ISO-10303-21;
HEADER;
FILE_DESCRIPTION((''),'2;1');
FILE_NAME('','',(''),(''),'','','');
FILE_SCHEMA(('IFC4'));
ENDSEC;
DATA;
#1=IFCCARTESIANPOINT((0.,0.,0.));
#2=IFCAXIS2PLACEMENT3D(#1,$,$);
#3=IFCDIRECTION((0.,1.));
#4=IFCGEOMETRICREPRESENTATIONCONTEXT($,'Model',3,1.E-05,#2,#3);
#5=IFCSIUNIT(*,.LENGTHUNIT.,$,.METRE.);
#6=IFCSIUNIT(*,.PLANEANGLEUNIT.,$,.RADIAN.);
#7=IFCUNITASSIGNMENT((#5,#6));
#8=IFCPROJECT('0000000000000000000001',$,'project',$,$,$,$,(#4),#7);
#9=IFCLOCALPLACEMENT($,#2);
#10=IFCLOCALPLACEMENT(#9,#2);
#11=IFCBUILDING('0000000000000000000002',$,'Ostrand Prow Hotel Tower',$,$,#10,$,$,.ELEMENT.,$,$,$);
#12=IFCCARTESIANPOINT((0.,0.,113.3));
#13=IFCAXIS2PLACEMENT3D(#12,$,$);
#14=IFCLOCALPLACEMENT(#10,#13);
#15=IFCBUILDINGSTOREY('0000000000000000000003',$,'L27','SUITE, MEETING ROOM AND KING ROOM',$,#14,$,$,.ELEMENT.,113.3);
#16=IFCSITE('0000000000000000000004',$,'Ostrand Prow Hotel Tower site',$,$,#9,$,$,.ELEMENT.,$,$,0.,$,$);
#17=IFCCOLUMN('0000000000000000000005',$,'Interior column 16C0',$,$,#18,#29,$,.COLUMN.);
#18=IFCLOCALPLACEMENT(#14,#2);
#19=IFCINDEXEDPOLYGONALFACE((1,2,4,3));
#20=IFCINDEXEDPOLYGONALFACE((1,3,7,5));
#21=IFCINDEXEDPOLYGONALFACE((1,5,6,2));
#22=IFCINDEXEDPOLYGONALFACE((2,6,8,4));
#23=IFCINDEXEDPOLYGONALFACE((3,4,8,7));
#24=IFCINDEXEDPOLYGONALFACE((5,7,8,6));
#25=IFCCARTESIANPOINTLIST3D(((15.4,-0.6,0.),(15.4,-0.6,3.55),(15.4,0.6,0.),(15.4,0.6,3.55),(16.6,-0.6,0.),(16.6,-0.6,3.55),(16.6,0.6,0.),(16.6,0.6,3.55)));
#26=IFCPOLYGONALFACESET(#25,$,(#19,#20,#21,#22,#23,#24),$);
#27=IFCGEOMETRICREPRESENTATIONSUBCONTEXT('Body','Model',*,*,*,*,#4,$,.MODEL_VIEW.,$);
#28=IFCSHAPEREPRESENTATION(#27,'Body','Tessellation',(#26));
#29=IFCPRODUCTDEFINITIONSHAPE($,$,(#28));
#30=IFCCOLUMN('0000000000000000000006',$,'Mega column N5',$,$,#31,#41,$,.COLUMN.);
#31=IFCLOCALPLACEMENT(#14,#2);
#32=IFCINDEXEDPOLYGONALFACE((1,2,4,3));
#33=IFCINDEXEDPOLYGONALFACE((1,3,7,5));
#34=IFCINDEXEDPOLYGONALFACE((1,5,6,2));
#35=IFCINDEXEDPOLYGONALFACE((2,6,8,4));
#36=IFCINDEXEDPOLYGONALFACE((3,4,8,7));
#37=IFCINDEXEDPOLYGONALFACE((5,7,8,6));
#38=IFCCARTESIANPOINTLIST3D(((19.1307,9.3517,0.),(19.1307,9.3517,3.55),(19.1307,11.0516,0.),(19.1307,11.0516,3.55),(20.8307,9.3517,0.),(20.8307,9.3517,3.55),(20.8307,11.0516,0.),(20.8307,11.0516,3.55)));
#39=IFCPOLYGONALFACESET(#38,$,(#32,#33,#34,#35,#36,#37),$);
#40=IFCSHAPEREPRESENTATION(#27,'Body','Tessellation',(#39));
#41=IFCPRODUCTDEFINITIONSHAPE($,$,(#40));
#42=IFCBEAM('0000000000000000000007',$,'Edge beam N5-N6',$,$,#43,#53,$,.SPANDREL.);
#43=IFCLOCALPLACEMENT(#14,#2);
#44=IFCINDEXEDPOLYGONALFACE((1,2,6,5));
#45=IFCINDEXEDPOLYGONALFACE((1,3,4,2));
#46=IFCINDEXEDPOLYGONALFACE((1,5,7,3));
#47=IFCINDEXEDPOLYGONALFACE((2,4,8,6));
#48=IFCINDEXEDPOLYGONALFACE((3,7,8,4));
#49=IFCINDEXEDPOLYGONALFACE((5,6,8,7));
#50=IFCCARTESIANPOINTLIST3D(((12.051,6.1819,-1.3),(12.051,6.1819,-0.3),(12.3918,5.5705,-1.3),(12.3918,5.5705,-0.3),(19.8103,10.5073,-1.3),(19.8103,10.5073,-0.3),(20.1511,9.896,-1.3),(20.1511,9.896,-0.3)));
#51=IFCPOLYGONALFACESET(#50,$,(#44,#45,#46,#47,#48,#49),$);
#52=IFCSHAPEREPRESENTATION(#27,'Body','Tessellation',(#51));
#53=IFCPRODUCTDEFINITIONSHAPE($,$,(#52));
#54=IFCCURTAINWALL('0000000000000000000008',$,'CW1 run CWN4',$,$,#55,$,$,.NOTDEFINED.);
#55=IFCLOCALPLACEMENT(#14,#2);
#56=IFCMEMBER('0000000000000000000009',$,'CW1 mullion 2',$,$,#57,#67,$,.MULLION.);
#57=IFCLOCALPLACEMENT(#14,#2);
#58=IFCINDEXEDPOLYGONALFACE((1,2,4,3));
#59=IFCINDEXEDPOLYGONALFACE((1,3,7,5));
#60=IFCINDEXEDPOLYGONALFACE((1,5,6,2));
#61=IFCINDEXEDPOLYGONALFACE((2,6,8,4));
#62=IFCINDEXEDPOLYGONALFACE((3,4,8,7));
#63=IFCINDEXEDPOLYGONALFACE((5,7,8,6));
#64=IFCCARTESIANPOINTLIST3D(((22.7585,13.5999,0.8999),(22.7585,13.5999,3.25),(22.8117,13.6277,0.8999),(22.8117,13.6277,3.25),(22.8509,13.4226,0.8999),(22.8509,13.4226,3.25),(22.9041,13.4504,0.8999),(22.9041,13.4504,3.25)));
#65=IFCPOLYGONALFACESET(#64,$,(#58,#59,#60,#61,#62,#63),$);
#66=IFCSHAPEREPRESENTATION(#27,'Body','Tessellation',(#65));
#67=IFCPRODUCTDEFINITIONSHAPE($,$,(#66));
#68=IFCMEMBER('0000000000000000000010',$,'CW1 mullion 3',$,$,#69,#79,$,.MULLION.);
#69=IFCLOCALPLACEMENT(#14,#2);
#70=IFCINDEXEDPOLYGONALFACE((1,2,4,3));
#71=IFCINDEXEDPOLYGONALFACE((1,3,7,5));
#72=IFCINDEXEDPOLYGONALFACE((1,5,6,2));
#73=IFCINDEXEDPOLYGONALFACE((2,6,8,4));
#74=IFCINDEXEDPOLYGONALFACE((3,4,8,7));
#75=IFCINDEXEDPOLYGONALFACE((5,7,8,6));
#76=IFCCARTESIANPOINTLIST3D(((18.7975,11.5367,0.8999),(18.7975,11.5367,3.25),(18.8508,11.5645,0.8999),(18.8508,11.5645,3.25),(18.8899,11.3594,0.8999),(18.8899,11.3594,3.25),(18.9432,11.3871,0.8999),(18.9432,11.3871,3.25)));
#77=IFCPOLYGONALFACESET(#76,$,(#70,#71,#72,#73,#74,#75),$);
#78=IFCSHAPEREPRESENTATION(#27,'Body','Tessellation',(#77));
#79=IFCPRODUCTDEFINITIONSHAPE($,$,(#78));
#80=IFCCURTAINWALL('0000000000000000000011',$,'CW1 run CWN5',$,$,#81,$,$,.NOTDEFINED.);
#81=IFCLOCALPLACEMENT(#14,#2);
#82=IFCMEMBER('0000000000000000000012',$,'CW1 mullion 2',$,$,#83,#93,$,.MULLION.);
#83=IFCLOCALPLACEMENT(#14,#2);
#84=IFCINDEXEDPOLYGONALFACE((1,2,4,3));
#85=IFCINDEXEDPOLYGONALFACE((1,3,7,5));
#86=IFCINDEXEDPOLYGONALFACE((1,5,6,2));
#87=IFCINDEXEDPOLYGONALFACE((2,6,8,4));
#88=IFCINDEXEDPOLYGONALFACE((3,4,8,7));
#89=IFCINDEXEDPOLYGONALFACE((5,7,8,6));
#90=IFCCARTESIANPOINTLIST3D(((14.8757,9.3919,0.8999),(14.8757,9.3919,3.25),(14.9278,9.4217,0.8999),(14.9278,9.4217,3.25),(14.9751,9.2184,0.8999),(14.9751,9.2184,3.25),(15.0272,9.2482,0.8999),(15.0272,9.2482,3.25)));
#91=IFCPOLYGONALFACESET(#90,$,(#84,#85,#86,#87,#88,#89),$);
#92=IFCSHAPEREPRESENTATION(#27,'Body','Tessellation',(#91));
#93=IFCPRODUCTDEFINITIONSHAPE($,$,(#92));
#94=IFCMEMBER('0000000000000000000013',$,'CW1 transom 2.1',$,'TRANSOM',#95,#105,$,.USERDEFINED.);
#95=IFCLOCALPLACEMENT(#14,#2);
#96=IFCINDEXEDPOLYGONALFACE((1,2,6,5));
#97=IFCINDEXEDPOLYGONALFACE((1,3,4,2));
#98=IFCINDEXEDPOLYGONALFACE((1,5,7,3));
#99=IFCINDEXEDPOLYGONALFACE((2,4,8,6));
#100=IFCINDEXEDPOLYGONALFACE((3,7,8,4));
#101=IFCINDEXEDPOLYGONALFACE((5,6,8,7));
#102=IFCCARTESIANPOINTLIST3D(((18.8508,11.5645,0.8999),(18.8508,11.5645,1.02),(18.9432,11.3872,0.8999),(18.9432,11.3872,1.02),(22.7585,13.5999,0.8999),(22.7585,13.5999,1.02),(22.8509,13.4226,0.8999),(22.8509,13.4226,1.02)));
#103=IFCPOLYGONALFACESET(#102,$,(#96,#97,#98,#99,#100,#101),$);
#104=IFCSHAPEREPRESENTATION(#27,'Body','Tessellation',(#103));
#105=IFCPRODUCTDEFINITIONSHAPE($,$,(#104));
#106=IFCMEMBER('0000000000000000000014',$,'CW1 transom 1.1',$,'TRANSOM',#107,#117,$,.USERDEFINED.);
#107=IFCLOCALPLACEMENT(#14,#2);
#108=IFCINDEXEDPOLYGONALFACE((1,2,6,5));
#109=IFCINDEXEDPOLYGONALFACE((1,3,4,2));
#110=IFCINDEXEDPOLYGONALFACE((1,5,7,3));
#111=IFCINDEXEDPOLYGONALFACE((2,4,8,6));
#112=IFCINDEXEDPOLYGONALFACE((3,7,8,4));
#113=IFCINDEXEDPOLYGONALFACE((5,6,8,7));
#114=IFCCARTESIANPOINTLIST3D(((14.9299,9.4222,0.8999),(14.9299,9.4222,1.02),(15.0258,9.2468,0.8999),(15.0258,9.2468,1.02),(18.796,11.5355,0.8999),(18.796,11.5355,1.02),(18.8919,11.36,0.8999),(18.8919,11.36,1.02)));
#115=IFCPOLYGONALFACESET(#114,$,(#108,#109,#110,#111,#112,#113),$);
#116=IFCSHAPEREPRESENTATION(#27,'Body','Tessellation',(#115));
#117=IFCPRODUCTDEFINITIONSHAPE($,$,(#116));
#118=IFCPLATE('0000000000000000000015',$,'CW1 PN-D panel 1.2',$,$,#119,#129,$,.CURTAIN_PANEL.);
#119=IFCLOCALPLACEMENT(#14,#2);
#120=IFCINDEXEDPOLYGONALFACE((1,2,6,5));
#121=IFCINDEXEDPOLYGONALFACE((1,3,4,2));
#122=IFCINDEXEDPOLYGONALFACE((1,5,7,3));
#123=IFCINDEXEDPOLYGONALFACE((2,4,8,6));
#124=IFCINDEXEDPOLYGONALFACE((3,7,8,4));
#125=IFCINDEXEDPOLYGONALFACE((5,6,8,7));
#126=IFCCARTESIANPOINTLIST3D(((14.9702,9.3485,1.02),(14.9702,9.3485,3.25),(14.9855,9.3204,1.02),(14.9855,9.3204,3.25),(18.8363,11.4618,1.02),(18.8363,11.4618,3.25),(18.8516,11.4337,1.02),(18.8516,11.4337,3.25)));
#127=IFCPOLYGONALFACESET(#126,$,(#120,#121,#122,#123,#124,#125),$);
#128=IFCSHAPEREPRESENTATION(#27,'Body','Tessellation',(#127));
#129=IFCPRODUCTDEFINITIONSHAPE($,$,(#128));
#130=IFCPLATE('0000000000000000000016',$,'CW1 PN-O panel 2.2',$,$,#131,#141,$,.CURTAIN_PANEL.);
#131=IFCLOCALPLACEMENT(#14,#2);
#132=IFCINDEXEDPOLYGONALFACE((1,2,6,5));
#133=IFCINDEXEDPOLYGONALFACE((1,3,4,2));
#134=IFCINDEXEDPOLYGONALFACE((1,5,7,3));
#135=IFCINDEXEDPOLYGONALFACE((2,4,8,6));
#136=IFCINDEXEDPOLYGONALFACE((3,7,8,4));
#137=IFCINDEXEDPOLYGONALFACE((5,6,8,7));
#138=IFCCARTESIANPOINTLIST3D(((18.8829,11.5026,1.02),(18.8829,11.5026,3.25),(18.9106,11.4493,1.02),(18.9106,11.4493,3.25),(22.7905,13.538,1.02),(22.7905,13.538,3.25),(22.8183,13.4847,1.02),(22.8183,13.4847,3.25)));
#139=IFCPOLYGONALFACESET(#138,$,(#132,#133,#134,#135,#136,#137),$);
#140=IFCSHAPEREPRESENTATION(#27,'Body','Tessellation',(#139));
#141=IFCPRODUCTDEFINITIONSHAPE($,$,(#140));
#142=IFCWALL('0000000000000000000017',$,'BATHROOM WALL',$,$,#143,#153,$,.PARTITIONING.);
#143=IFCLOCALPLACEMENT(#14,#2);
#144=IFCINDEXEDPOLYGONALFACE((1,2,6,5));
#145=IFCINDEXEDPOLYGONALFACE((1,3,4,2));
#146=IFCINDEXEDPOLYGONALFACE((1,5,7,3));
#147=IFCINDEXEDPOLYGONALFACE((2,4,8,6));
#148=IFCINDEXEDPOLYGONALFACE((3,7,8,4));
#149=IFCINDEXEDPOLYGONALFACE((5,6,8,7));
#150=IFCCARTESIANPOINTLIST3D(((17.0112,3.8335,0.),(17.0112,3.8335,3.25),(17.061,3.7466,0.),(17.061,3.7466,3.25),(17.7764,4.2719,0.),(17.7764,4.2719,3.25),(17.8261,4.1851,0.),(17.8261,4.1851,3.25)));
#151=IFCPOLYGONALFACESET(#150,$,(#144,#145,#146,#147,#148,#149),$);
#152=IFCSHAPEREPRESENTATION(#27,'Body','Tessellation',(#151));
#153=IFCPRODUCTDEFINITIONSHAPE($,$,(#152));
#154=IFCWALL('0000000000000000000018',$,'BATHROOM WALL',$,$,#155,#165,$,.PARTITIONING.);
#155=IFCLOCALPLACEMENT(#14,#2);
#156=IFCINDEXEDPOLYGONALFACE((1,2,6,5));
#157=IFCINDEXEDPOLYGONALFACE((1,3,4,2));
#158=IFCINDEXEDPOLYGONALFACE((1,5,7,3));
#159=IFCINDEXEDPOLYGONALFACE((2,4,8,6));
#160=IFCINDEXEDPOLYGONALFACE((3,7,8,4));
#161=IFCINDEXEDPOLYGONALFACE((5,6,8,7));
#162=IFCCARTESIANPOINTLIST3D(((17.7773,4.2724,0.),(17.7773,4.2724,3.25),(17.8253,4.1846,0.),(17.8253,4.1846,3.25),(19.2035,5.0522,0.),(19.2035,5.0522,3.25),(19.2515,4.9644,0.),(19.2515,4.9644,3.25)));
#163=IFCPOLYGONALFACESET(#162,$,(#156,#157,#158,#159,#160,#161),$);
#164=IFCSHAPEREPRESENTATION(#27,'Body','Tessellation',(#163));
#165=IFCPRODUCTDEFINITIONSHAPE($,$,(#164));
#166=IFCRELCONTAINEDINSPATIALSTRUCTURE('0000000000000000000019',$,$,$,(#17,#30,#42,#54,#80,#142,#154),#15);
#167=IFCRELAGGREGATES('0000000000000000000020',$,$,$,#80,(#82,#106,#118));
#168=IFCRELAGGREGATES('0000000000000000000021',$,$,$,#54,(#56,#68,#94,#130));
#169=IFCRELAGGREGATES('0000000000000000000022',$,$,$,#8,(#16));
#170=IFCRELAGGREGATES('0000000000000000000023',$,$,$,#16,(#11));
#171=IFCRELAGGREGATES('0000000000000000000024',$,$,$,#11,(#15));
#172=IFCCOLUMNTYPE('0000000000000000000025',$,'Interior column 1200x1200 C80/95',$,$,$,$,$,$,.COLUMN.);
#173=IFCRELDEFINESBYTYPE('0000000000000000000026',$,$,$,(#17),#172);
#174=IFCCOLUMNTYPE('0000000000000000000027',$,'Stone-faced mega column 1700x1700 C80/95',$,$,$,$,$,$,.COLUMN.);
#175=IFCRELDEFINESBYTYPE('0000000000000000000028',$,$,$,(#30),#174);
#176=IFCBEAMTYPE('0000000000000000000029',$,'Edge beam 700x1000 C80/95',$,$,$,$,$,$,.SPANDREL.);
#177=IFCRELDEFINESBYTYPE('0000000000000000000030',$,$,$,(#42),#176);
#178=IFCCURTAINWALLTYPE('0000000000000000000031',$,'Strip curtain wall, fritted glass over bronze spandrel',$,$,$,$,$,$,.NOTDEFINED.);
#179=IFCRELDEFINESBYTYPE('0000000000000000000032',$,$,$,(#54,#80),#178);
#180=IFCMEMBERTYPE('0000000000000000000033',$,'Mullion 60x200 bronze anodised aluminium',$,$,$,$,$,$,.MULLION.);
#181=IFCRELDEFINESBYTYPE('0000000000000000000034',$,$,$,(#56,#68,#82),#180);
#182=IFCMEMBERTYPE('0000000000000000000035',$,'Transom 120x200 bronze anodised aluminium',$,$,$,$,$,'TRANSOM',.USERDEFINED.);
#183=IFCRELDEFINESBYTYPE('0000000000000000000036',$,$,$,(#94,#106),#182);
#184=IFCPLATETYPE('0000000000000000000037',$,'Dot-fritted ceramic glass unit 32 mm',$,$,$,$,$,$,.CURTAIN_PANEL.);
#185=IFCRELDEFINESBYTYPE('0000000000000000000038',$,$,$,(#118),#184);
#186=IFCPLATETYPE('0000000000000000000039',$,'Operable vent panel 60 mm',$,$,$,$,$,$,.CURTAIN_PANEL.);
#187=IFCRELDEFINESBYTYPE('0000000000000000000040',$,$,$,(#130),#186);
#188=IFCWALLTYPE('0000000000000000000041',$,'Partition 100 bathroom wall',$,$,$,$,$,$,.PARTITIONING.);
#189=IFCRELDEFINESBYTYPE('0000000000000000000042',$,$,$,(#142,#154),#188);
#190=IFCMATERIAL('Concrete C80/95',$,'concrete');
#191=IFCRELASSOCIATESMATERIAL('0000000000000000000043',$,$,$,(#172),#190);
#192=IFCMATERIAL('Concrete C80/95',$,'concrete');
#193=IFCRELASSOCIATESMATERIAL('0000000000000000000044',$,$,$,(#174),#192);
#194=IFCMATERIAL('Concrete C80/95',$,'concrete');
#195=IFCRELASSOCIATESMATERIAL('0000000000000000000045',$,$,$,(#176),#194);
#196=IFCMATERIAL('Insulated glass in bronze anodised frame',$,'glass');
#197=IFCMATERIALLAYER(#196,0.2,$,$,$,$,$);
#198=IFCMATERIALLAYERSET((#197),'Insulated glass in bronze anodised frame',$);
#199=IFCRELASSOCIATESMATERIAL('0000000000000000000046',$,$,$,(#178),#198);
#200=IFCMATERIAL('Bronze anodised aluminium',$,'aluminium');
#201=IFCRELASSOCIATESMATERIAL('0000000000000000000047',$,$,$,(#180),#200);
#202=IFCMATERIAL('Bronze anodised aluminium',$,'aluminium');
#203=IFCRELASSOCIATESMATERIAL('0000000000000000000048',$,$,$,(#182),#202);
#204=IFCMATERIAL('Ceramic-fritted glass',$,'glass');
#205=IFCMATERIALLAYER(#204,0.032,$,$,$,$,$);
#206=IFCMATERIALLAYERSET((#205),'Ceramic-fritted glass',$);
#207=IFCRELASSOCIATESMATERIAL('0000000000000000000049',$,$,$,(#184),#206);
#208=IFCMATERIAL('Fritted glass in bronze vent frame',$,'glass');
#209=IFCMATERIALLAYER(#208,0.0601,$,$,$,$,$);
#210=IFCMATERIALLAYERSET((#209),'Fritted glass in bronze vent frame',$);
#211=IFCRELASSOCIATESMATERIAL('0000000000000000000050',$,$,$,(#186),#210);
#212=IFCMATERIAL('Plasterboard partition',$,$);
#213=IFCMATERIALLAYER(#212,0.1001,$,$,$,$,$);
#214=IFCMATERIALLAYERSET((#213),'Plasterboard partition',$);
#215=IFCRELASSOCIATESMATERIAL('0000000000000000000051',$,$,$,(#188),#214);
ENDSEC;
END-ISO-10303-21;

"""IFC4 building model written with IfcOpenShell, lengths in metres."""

from ifc_helpers import new_model, si_unit, direction, frame, frame_2d, origin, origin_2d, place, context, subcontext, project, spatial, rectangle, extrude, material, layer, layer_set, material_profile, profile_set, type_object, element, aggregate, save


model = new_model("IFC4")

# Units and contexts
model_context = context("Model", 3, precision=1e-05, world=origin(), true_north=direction((0.0, 1.0)))
body_context = subcontext(model_context, "Body", "Model", "MODEL_VIEW")
ifc_project = project(units=[si_unit("LENGTHUNIT", "METRE"), si_unit("PLANEANGLEUNIT", "RADIAN")], contexts=[model_context])

# Site, building, storey
site_placement = place(None, origin())
site = spatial("IfcSite", under=ifc_project, at=site_placement, Name="Ostrand Prow Hotel Tower site", CompositionType="ELEMENT", RefElevation=0.0)
building_placement = place(site_placement, origin())
building = spatial("IfcBuilding", under=site, at=building_placement, Name="Ostrand Prow Hotel Tower", CompositionType="ELEMENT")
storey_placement = place(building_placement, frame((0.0, 0.0, 113.3)))
storey = spatial("IfcBuildingStorey", under=building, at=storey_placement, Name="L27", Description="SUITE, MEETING ROOM AND KING ROOM", CompositionType="ELEMENT", Elevation=113.3)

# Columns
ifc_material_1 = material(Name="Concrete C80/95", Category="concrete")
ifc_material_profile_1 = material_profile(ifc_material_1, rectangle(XDim=1.2, YDim=1.2, at=origin_2d()), Name="RC 1200x1200")
ifc_profile_set_1 = profile_set([ifc_material_profile_1], Name="Concrete C80/95")
column_type_1 = type_object("IfcColumnType", Name="Interior column 1200x1200 C80/95", PredefinedType="COLUMN", material=ifc_profile_set_1)
column_1_placement = place(storey_placement, frame((16.0, 0.0, 0.0), z_axis=(0.0, 0.0, 1.0), x_axis=(1.0, 0.0, 0.0)))
element("IfcColumn", 1, at=column_1_placement, inside=storey, type_object=column_type_1, Name="Interior column 16C0", PredefinedType="COLUMN", context=body_context, shape_type="SweptSolid", body=[
    extrude(rectangle(XDim=1.2, YDim=1.2, at=origin_2d()), origin(), (0.0, 0.0, 1.0), 3.55),
])
ifc_material_2 = material(Name="Concrete C80/95", Category="concrete")
ifc_material_profile_2 = material_profile(ifc_material_2, rectangle(XDim=1.7, YDim=1.7, at=origin_2d()), Name="RC 1700x1700")
ifc_profile_set_2 = profile_set([ifc_material_profile_2], Name="Concrete C80/95")
column_type_2 = type_object("IfcColumnType", Name="Stone-faced mega column 1700x1700 C80/95", PredefinedType="COLUMN", material=ifc_profile_set_2)
column_2_placement = place(storey_placement, frame((19.9807, 10.2017, 0.0), z_axis=(0.0, 0.0, 1.0), x_axis=(1.0, 0.0, 0.0)))
element("IfcColumn", 2, at=column_2_placement, inside=storey, type_object=column_type_2, Name="Mega column N5", PredefinedType="COLUMN", context=body_context, shape_type="SweptSolid", body=[
    extrude(rectangle(XDim=1.7, YDim=1.7, at=origin_2d()), origin(), (0.0, 0.0, 1.0), 3.55),
])

# Beam
ifc_material_3 = material(Name="Concrete C80/95", Category="concrete")
ifc_material_profile_3 = material_profile(ifc_material_3, rectangle(XDim=0.7, YDim=1.0, at=origin_2d()), Name="RC 700x1000")
ifc_profile_set_3 = profile_set([ifc_material_profile_3], Name="Concrete C80/95")
beam_type = type_object("IfcBeamType", Name="Edge beam 700x1000 C80/95", PredefinedType="SPANDREL", material=ifc_profile_set_3)
beam_placement = place(storey_placement, frame((19.9807, 10.2017, -0.8), z_axis=(-0.873452, -0.486909, 0.0), x_axis=(0.486909, -0.873452, 0.0)))
element("IfcBeam", 3, at=beam_placement, inside=storey, type_object=beam_type, Name="Edge beam N5-N6", PredefinedType="SPANDREL", context=body_context, shape_type="SweptSolid", body=[
    extrude(rectangle(XDim=0.7, YDim=1.0, at=origin_2d()), origin(), (0.0, 0.0, 1.0), 8.8835),
])

# Curtain wall, members
ifc_material_4 = material(Name="Insulated glass in bronze anodised frame", Category="glass")
ifc_layer_1 = layer(ifc_material_4, 0.2)
ifc_layer_set_1 = layer_set([ifc_layer_1], Name="Insulated glass in bronze anodised frame")
curtain_wall_type = type_object("IfcCurtainWallType", Name="Strip curtain wall, fritted glass over bronze spandrel", PredefinedType="NOTDEFINED", material=ifc_layer_set_1)
curtain_wall_1_placement = place(storey_placement, origin())
curtain_wall_1 = element("IfcCurtainWall", 4, at=curtain_wall_1_placement, inside=storey, type_object=curtain_wall_type, Name="CW1 run CWN4", PredefinedType="NOTDEFINED")
ifc_material_5 = material(Name="Bronze anodised aluminium", Category="aluminium")
ifc_material_profile_4 = material_profile(ifc_material_5, rectangle(XDim=0.2, YDim=0.0601, at=origin_2d()), Name="Mullion 60x200 bronze anodised aluminium")
ifc_profile_set_4 = profile_set([ifc_material_profile_4], Name="Bronze anodised aluminium")
member_type_1 = type_object("IfcMemberType", Name="Mullion 60x200 bronze anodised aluminium", PredefinedType="MULLION", material=ifc_profile_set_4)
member_1_placement = place(storey_placement, frame((22.8313, 13.5251, 0.8999), z_axis=(0.0, 0.0, 1.0), x_axis=(0.461968, -0.886896, 0.0)))
member_1 = element("IfcMember", 5, at=member_1_placement, type_object=member_type_1, Name="CW1 mullion 2", PredefinedType="MULLION", context=body_context, shape_type="SweptSolid", body=[
    extrude(rectangle(XDim=0.2, YDim=0.0601, at=origin_2d()), origin(), (0.0, 0.0, 1.0), 2.3501),
])
member_2_placement = place(storey_placement, frame((18.8704, 11.4619, 0.8999), z_axis=(0.0, 0.0, 1.0), x_axis=(0.461968, -0.886896, 0.0)))
member_2 = element("IfcMember", 6, at=member_2_placement, type_object=member_type_1, Name="CW1 mullion 3", PredefinedType="MULLION", context=body_context, shape_type="SweptSolid", body=[
    extrude(rectangle(XDim=0.2, YDim=0.0601, at=origin_2d()), origin(), (0.0, 0.0, 1.0), 2.3501),
])

# Curtain wall, member
curtain_wall_2_placement = place(storey_placement, origin())
curtain_wall_2 = element("IfcCurtainWall", 7, at=curtain_wall_2_placement, inside=storey, type_object=curtain_wall_type, Name="CW1 run CWN5", PredefinedType="NOTDEFINED")
member_3_placement = place(storey_placement, frame((14.9514, 9.3201, 0.8999), z_axis=(0.0, 0.0, 1.0), x_axis=(0.497115, -0.867685, 0.0)))
member_3 = element("IfcMember", 8, at=member_3_placement, type_object=member_type_1, Name="CW1 mullion 2", PredefinedType="MULLION", context=body_context, shape_type="SweptSolid", body=[
    extrude(rectangle(XDim=0.2, YDim=0.0601, at=origin_2d()), origin(), (0.0, 0.0, 1.0), 2.3501),
])

# Members
ifc_material_6 = material(Name="Bronze anodised aluminium", Category="aluminium")
ifc_material_profile_5 = material_profile(ifc_material_6, rectangle(XDim=0.2, YDim=0.1201, at=origin_2d()), Name="Transom 120x200 bronze anodised aluminium")
ifc_profile_set_5 = profile_set([ifc_material_profile_5], Name="Bronze anodised aluminium")
member_type_2 = type_object("IfcMemberType", Name="Transom 120x200 bronze anodised aluminium", ElementType="TRANSOM", PredefinedType="USERDEFINED", material=ifc_profile_set_5)
member_4_placement = place(storey_placement, frame((22.8047, 13.5112, 0.96), z_axis=(-0.886902, -0.461958, 0.0), x_axis=(0.461958, -0.886902, 0.0)))
member_4 = element("IfcMember", 9, at=member_4_placement, type_object=member_type_2, Name="CW1 transom 2.1", ObjectType="TRANSOM", PredefinedType="USERDEFINED", context=body_context, shape_type="SweptSolid", body=[
    extrude(rectangle(XDim=0.2, YDim=0.1201, at=origin_2d()), origin(), (0.0, 0.0, 1.0), 4.406),
])
member_5_placement = place(storey_placement, frame((18.844, 11.4478, 0.96), z_axis=(-0.877472, -0.479628, 0.0), x_axis=(0.479628, -0.877472, 0.0)))
member_5 = element("IfcMember", 10, at=member_5_placement, type_object=member_type_2, Name="CW1 transom 1.1", ObjectType="TRANSOM", PredefinedType="USERDEFINED", context=body_context, shape_type="SweptSolid", body=[
    extrude(rectangle(XDim=0.2, YDim=0.1201, at=origin_2d()), origin(), (0.0, 0.0, 1.0), 4.406),
])

# Plates
ifc_material_7 = material(Name="Ceramic-fritted glass", Category="glass")
ifc_layer_2 = layer(ifc_material_7, 0.032)
ifc_layer_set_2 = layer_set([ifc_layer_2], Name="Ceramic-fritted glass")
plate_type_1 = type_object("IfcPlateType", Name="Dot-fritted ceramic glass unit 32 mm", PredefinedType="CURTAIN_PANEL", material=ifc_layer_set_2)
plate_1_placement = place(storey_placement, frame((16.9109, 10.3911, 1.02), z_axis=(0.0, 0.0, 1.0), x_axis=(-0.877467, -0.479637, 0.0)))
plate_1 = element("IfcPlate", 11, at=plate_1_placement, type_object=plate_type_1, Name="CW1 PN-D panel 1.2", PredefinedType="CURTAIN_PANEL", context=body_context, shape_type="SweptSolid", body=[
    extrude(rectangle(XDim=4.406, YDim=0.032, at=origin_2d()), origin(), (0.0, 0.0, 1.0), 2.23),
])
aggregate(curtain_wall_2, [member_3, member_5, plate_1])
ifc_material_8 = material(Name="Fritted glass in bronze vent frame", Category="glass")
ifc_layer_3 = layer(ifc_material_8, 0.0601)
ifc_layer_set_3 = layer_set([ifc_layer_3], Name="Fritted glass in bronze vent frame")
plate_type_2 = type_object("IfcPlateType", Name="Operable vent panel 60 mm", PredefinedType="CURTAIN_PANEL", material=ifc_layer_set_3)
plate_2_placement = place(storey_placement, frame((20.8506, 12.4937, 1.02), z_axis=(0.0, 0.0, 1.0), x_axis=(-0.886896, -0.461968, 0.0)))
plate_2 = element("IfcPlate", 12, at=plate_2_placement, type_object=plate_type_2, Name="CW1 PN-O panel 2.2", PredefinedType="CURTAIN_PANEL", context=body_context, shape_type="SweptSolid", body=[
    extrude(rectangle(XDim=4.406, YDim=0.0601, at=origin_2d()), origin(), (0.0, 0.0, 1.0), 2.23),
])
aggregate(curtain_wall_1, [member_1, member_2, member_4, plate_2])

# Walls
ifc_material_9 = material(Name="Plasterboard partition")
ifc_layer_4 = layer(ifc_material_9, 0.1001)
ifc_layer_set_4 = layer_set([ifc_layer_4], Name="Plasterboard partition")
wall_type_1 = type_object("IfcWallType", Name="Partition 100 bathroom wall", PredefinedType="PARTITIONING", material=ifc_layer_set_4)
wall_1_placement = place(storey_placement, frame((17.0361, 3.79, 0.0), z_axis=(0.0, 0.0, 1.0), x_axis=(0.867629, 0.497212, 0.0)))
element("IfcWall", 13, at=wall_1_placement, inside=storey, type_object=wall_type_1, Name="BATHROOM WALL", PredefinedType="PARTITIONING", context=body_context, shape_type="SweptSolid", body=[
    extrude(rectangle(XDim=0.8818, YDim=0.1001, at=frame_2d((0.4409, 0.0))), origin(), (0.0, 0.0, 1.0), 3.25),
])
wall_2_placement = place(storey_placement, frame((17.8013, 4.2285, 0.0), z_axis=(0.0, 0.0, 1.0), x_axis=(0.877424, 0.479715, 0.0)))
element("IfcWall", 14, at=wall_2_placement, inside=storey, type_object=wall_type_1, Name="BATHROOM WALL", PredefinedType="PARTITIONING", context=body_context, shape_type="SweptSolid", body=[
    extrude(rectangle(XDim=1.6255, YDim=0.1001, at=frame_2d((0.8127, 0.0))), origin(), (0.0, 0.0, 1.0), 3.25),
])

save(model, "model.ifc")
